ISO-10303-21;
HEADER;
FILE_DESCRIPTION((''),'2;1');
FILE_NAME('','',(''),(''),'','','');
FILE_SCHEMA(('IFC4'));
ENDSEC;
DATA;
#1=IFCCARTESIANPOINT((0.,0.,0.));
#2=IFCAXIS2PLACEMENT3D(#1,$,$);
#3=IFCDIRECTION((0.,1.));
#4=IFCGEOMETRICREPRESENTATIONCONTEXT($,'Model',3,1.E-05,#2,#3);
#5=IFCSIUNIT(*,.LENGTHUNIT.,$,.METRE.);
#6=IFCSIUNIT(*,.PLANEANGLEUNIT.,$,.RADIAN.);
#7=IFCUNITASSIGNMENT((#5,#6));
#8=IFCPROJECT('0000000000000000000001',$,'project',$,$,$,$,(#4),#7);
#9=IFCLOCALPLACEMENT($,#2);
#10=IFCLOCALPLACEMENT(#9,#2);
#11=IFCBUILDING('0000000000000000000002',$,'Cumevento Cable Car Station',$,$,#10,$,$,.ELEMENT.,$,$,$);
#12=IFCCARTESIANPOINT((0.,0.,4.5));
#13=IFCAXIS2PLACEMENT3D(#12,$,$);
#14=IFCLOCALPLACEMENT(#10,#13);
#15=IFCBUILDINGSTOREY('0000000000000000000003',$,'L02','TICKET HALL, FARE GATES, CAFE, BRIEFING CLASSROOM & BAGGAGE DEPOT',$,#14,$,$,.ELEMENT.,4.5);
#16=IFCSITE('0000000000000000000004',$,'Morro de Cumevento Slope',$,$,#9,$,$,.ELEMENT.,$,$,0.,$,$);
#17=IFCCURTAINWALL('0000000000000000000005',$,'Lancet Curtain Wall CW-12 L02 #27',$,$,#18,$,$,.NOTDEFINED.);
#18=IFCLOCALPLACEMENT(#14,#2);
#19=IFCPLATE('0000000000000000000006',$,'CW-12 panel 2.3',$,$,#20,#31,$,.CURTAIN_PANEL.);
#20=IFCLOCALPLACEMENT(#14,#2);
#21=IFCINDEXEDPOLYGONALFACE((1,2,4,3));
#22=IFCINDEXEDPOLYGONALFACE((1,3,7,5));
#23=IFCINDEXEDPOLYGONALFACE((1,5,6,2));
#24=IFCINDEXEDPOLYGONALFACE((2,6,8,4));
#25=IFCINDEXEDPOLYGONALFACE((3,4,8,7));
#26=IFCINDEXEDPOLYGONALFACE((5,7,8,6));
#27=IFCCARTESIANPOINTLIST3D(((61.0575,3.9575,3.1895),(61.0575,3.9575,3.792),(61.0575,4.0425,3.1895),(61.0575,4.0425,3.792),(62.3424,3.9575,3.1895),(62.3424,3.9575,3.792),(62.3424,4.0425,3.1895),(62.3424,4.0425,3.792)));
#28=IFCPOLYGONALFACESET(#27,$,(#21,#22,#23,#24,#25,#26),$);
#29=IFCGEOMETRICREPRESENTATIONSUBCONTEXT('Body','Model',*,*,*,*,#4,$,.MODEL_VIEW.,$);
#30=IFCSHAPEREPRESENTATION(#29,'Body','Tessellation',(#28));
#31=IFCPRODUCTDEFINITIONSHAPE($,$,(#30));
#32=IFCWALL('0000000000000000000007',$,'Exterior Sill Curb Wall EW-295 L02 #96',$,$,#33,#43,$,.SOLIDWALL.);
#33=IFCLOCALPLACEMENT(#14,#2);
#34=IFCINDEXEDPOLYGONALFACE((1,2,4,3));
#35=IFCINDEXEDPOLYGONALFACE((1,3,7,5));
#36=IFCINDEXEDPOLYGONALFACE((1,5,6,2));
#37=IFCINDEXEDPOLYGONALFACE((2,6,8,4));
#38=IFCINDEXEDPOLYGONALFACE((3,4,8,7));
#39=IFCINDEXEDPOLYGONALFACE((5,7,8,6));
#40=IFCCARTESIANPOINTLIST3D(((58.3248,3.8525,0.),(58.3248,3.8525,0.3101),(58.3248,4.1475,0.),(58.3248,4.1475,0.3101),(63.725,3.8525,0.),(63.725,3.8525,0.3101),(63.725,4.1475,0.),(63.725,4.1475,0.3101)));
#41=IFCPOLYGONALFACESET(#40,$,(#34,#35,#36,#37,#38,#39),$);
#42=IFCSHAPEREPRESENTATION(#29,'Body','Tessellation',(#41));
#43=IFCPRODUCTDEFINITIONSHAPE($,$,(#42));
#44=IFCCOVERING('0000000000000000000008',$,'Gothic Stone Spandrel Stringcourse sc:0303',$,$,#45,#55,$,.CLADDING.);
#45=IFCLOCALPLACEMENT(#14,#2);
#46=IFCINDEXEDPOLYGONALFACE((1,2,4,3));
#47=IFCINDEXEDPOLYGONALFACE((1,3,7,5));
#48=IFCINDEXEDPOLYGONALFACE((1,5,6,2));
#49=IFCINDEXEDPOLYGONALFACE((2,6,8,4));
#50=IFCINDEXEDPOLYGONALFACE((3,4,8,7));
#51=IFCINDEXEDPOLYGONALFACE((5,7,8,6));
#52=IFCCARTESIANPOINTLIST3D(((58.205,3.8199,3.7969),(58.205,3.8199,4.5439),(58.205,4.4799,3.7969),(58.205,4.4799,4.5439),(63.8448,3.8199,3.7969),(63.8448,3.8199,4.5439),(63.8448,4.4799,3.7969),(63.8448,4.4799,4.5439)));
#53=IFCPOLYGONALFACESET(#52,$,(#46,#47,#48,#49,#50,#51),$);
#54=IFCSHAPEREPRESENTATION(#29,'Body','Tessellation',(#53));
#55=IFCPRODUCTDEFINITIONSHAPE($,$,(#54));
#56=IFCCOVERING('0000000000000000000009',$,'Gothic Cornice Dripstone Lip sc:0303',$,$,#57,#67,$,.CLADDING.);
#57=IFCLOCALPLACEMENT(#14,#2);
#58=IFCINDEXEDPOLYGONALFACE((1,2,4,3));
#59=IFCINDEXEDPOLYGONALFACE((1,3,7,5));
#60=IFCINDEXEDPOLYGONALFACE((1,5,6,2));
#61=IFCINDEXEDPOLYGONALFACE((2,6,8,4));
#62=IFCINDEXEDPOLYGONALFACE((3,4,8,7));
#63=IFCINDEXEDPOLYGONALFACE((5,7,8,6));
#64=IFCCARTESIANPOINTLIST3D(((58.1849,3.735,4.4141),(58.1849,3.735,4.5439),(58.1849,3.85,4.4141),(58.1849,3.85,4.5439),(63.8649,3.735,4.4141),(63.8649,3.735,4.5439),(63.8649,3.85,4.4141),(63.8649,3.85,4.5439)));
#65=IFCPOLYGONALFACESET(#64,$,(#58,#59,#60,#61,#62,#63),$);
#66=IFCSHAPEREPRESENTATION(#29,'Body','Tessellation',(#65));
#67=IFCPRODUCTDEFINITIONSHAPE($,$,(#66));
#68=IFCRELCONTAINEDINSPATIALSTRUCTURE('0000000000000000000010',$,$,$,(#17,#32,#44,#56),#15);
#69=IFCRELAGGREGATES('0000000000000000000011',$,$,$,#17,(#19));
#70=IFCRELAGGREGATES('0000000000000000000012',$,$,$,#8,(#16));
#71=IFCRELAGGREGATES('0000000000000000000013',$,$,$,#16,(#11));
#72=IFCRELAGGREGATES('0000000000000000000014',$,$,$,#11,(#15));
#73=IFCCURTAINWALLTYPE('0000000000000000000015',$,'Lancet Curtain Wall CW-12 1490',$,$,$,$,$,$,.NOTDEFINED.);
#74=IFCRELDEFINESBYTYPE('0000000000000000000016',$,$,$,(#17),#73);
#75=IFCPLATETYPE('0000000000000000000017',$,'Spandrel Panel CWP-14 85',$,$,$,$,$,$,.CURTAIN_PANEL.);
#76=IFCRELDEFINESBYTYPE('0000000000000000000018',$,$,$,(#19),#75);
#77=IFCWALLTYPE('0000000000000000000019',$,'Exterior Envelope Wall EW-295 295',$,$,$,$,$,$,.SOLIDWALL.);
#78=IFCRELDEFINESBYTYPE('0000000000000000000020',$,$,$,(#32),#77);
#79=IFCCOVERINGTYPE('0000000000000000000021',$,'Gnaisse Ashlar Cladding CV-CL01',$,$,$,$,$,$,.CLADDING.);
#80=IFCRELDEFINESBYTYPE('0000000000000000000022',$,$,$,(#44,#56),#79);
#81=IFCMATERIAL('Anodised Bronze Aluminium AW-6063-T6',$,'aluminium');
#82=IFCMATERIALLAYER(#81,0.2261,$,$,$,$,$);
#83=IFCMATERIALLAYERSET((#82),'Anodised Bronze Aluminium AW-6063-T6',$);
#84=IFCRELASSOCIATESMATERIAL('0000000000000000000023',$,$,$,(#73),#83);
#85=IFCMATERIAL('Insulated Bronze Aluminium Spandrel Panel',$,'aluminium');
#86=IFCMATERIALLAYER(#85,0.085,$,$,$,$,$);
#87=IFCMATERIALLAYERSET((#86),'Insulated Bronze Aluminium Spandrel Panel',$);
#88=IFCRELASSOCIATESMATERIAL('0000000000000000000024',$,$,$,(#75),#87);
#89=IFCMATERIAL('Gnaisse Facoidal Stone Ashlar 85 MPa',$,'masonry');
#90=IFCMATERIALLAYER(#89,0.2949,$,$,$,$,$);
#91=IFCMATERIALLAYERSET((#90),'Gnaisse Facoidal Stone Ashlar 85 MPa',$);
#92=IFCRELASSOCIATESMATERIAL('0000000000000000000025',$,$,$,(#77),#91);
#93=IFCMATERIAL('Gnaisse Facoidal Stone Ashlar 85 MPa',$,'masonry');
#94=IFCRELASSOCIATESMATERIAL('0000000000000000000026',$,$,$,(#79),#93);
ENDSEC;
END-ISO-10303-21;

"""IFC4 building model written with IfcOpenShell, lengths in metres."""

from ifc_helpers import new_model, si_unit, direction, frame, frame_2d, origin, origin_2d, place, context, subcontext, project, spatial, rectangle, extrude, material, layer, layer_set, type_object, element, aggregate, save


model = new_model("IFC4")

# Units and contexts
model_context = context("Model", 3, precision=1e-05, world=origin(), true_north=direction((0.0, 1.0)))
body_context = subcontext(model_context, "Body", "Model", "MODEL_VIEW")
ifc_project = project(units=[si_unit("LENGTHUNIT", "METRE"), si_unit("PLANEANGLEUNIT", "RADIAN")], contexts=[model_context])

# Site, building, storey
site_placement = place(None, origin())
site = spatial("IfcSite", under=ifc_project, at=site_placement, Name="Morro de Cumevento Slope", CompositionType="ELEMENT", RefElevation=0.0)
building_placement = place(site_placement, origin())
building = spatial("IfcBuilding", under=site, at=building_placement, Name="Cumevento Cable Car Station", CompositionType="ELEMENT")
storey_placement = place(building_placement, frame((0.0, 0.0, 4.5)))
storey = spatial("IfcBuildingStorey", under=building, at=storey_placement, Name="L02", Description="TICKET HALL, FARE GATES, CAFE, BRIEFING CLASSROOM & BAGGAGE DEPOT", CompositionType="ELEMENT", Elevation=4.5)

# Curtain wall
ifc_material_1 = material(Name="Anodised Bronze Aluminium AW-6063-T6", Category="aluminium")
ifc_layer_1 = layer(ifc_material_1, 0.2261)
ifc_layer_set_1 = layer_set([ifc_layer_1], Name="Anodised Bronze Aluminium AW-6063-T6")
curtain_wall_type = type_object("IfcCurtainWallType", Name="Lancet Curtain Wall CW-12 1490", PredefinedType="NOTDEFINED", material=ifc_layer_set_1)
curtain_wall_placement = place(storey_placement, origin())
curtain_wall = element("IfcCurtainWall", 1, at=curtain_wall_placement, inside=storey, type_object=curtain_wall_type, Name="Lancet Curtain Wall CW-12 L02 #27", PredefinedType="NOTDEFINED")

# Plate
ifc_material_2 = material(Name="Insulated Bronze Aluminium Spandrel Panel", Category="aluminium")
ifc_layer_2 = layer(ifc_material_2, 0.085)
ifc_layer_set_2 = layer_set([ifc_layer_2], Name="Insulated Bronze Aluminium Spandrel Panel")
plate_type = type_object("IfcPlateType", Name="Spandrel Panel CWP-14 85", PredefinedType="CURTAIN_PANEL", material=ifc_layer_set_2)
plate_1_placement = place(storey_placement, frame((61.7, 4.0, 3.1895), z_axis=(0.0, 0.0, 1.0), x_axis=(-1.0, 0.0, 0.0)))
plate_1 = element("IfcPlate", 2, at=plate_1_placement, type_object=plate_type, Name="CW-12 panel 2.3", PredefinedType="CURTAIN_PANEL", context=body_context, shape_type="SweptSolid", body=[
    extrude(rectangle(XDim=1.2849, YDim=0.085, at=origin_2d()), origin(), (0.0, 0.0, 1.0), 0.6025),
])
aggregate(curtain_wall, [plate_1])

# Wall
ifc_material_3 = material(Name="Gnaisse Facoidal Stone Ashlar 85 MPa", Category="masonry")
ifc_layer_3 = layer(ifc_material_3, 0.2949)
ifc_layer_set_3 = layer_set([ifc_layer_3], Name="Gnaisse Facoidal Stone Ashlar 85 MPa")
wall_type = type_object("IfcWallType", Name="Exterior Envelope Wall EW-295 295", PredefinedType="SOLIDWALL", material=ifc_layer_set_3)
wall_placement = place(storey_placement, frame((63.7251, 4.0, 0.0), z_axis=(0.0, 0.0, 1.0), x_axis=(-1.0, 0.0, 0.0)))
element("IfcWall", 3, at=wall_placement, inside=storey, type_object=wall_type, Name="Exterior Sill Curb Wall EW-295 L02 #96", PredefinedType="SOLIDWALL", context=body_context, shape_type="SweptSolid", body=[
    extrude(rectangle(XDim=5.4001, YDim=0.2949, at=frame_2d((2.7002, 0.0))), origin(), (0.0, 0.0, 1.0), 0.3101),
])

# Coverings
ifc_material_4 = material(Name="Gnaisse Facoidal Stone Ashlar 85 MPa", Category="masonry")
covering_type = type_object("IfcCoveringType", Name="Gnaisse Ashlar Cladding CV-CL01", PredefinedType="CLADDING", material=ifc_material_4)
covering_1_placement = place(storey_placement, frame((61.0249, 4.1499, 3.7969), z_axis=(0.0, 0.0, 1.0), x_axis=(-1.0, 0.0, 0.0)))
element("IfcCovering", 4, at=covering_1_placement, inside=storey, type_object=covering_type, Name="Gothic Stone Spandrel Stringcourse sc:0303", PredefinedType="CLADDING", context=body_context, shape_type="SweptSolid", body=[
    extrude(rectangle(XDim=5.6399, YDim=0.6599, at=origin_2d()), origin(), (0.0, 0.0, 1.0), 0.7471),
])
covering_2_placement = place(storey_placement, frame((61.0249, 3.7925, 4.4141), z_axis=(0.0, 0.0, 1.0), x_axis=(-1.0, 0.0, 0.0)))
element("IfcCovering", 5, at=covering_2_placement, inside=storey, type_object=covering_type, Name="Gothic Cornice Dripstone Lip sc:0303", PredefinedType="CLADDING", context=body_context, shape_type="SweptSolid", body=[
    extrude(rectangle(XDim=5.6799, YDim=0.115, at=origin_2d()), origin(), (0.0, 0.0, 1.0), 0.1299),
])

save(model, "model.ifc")
